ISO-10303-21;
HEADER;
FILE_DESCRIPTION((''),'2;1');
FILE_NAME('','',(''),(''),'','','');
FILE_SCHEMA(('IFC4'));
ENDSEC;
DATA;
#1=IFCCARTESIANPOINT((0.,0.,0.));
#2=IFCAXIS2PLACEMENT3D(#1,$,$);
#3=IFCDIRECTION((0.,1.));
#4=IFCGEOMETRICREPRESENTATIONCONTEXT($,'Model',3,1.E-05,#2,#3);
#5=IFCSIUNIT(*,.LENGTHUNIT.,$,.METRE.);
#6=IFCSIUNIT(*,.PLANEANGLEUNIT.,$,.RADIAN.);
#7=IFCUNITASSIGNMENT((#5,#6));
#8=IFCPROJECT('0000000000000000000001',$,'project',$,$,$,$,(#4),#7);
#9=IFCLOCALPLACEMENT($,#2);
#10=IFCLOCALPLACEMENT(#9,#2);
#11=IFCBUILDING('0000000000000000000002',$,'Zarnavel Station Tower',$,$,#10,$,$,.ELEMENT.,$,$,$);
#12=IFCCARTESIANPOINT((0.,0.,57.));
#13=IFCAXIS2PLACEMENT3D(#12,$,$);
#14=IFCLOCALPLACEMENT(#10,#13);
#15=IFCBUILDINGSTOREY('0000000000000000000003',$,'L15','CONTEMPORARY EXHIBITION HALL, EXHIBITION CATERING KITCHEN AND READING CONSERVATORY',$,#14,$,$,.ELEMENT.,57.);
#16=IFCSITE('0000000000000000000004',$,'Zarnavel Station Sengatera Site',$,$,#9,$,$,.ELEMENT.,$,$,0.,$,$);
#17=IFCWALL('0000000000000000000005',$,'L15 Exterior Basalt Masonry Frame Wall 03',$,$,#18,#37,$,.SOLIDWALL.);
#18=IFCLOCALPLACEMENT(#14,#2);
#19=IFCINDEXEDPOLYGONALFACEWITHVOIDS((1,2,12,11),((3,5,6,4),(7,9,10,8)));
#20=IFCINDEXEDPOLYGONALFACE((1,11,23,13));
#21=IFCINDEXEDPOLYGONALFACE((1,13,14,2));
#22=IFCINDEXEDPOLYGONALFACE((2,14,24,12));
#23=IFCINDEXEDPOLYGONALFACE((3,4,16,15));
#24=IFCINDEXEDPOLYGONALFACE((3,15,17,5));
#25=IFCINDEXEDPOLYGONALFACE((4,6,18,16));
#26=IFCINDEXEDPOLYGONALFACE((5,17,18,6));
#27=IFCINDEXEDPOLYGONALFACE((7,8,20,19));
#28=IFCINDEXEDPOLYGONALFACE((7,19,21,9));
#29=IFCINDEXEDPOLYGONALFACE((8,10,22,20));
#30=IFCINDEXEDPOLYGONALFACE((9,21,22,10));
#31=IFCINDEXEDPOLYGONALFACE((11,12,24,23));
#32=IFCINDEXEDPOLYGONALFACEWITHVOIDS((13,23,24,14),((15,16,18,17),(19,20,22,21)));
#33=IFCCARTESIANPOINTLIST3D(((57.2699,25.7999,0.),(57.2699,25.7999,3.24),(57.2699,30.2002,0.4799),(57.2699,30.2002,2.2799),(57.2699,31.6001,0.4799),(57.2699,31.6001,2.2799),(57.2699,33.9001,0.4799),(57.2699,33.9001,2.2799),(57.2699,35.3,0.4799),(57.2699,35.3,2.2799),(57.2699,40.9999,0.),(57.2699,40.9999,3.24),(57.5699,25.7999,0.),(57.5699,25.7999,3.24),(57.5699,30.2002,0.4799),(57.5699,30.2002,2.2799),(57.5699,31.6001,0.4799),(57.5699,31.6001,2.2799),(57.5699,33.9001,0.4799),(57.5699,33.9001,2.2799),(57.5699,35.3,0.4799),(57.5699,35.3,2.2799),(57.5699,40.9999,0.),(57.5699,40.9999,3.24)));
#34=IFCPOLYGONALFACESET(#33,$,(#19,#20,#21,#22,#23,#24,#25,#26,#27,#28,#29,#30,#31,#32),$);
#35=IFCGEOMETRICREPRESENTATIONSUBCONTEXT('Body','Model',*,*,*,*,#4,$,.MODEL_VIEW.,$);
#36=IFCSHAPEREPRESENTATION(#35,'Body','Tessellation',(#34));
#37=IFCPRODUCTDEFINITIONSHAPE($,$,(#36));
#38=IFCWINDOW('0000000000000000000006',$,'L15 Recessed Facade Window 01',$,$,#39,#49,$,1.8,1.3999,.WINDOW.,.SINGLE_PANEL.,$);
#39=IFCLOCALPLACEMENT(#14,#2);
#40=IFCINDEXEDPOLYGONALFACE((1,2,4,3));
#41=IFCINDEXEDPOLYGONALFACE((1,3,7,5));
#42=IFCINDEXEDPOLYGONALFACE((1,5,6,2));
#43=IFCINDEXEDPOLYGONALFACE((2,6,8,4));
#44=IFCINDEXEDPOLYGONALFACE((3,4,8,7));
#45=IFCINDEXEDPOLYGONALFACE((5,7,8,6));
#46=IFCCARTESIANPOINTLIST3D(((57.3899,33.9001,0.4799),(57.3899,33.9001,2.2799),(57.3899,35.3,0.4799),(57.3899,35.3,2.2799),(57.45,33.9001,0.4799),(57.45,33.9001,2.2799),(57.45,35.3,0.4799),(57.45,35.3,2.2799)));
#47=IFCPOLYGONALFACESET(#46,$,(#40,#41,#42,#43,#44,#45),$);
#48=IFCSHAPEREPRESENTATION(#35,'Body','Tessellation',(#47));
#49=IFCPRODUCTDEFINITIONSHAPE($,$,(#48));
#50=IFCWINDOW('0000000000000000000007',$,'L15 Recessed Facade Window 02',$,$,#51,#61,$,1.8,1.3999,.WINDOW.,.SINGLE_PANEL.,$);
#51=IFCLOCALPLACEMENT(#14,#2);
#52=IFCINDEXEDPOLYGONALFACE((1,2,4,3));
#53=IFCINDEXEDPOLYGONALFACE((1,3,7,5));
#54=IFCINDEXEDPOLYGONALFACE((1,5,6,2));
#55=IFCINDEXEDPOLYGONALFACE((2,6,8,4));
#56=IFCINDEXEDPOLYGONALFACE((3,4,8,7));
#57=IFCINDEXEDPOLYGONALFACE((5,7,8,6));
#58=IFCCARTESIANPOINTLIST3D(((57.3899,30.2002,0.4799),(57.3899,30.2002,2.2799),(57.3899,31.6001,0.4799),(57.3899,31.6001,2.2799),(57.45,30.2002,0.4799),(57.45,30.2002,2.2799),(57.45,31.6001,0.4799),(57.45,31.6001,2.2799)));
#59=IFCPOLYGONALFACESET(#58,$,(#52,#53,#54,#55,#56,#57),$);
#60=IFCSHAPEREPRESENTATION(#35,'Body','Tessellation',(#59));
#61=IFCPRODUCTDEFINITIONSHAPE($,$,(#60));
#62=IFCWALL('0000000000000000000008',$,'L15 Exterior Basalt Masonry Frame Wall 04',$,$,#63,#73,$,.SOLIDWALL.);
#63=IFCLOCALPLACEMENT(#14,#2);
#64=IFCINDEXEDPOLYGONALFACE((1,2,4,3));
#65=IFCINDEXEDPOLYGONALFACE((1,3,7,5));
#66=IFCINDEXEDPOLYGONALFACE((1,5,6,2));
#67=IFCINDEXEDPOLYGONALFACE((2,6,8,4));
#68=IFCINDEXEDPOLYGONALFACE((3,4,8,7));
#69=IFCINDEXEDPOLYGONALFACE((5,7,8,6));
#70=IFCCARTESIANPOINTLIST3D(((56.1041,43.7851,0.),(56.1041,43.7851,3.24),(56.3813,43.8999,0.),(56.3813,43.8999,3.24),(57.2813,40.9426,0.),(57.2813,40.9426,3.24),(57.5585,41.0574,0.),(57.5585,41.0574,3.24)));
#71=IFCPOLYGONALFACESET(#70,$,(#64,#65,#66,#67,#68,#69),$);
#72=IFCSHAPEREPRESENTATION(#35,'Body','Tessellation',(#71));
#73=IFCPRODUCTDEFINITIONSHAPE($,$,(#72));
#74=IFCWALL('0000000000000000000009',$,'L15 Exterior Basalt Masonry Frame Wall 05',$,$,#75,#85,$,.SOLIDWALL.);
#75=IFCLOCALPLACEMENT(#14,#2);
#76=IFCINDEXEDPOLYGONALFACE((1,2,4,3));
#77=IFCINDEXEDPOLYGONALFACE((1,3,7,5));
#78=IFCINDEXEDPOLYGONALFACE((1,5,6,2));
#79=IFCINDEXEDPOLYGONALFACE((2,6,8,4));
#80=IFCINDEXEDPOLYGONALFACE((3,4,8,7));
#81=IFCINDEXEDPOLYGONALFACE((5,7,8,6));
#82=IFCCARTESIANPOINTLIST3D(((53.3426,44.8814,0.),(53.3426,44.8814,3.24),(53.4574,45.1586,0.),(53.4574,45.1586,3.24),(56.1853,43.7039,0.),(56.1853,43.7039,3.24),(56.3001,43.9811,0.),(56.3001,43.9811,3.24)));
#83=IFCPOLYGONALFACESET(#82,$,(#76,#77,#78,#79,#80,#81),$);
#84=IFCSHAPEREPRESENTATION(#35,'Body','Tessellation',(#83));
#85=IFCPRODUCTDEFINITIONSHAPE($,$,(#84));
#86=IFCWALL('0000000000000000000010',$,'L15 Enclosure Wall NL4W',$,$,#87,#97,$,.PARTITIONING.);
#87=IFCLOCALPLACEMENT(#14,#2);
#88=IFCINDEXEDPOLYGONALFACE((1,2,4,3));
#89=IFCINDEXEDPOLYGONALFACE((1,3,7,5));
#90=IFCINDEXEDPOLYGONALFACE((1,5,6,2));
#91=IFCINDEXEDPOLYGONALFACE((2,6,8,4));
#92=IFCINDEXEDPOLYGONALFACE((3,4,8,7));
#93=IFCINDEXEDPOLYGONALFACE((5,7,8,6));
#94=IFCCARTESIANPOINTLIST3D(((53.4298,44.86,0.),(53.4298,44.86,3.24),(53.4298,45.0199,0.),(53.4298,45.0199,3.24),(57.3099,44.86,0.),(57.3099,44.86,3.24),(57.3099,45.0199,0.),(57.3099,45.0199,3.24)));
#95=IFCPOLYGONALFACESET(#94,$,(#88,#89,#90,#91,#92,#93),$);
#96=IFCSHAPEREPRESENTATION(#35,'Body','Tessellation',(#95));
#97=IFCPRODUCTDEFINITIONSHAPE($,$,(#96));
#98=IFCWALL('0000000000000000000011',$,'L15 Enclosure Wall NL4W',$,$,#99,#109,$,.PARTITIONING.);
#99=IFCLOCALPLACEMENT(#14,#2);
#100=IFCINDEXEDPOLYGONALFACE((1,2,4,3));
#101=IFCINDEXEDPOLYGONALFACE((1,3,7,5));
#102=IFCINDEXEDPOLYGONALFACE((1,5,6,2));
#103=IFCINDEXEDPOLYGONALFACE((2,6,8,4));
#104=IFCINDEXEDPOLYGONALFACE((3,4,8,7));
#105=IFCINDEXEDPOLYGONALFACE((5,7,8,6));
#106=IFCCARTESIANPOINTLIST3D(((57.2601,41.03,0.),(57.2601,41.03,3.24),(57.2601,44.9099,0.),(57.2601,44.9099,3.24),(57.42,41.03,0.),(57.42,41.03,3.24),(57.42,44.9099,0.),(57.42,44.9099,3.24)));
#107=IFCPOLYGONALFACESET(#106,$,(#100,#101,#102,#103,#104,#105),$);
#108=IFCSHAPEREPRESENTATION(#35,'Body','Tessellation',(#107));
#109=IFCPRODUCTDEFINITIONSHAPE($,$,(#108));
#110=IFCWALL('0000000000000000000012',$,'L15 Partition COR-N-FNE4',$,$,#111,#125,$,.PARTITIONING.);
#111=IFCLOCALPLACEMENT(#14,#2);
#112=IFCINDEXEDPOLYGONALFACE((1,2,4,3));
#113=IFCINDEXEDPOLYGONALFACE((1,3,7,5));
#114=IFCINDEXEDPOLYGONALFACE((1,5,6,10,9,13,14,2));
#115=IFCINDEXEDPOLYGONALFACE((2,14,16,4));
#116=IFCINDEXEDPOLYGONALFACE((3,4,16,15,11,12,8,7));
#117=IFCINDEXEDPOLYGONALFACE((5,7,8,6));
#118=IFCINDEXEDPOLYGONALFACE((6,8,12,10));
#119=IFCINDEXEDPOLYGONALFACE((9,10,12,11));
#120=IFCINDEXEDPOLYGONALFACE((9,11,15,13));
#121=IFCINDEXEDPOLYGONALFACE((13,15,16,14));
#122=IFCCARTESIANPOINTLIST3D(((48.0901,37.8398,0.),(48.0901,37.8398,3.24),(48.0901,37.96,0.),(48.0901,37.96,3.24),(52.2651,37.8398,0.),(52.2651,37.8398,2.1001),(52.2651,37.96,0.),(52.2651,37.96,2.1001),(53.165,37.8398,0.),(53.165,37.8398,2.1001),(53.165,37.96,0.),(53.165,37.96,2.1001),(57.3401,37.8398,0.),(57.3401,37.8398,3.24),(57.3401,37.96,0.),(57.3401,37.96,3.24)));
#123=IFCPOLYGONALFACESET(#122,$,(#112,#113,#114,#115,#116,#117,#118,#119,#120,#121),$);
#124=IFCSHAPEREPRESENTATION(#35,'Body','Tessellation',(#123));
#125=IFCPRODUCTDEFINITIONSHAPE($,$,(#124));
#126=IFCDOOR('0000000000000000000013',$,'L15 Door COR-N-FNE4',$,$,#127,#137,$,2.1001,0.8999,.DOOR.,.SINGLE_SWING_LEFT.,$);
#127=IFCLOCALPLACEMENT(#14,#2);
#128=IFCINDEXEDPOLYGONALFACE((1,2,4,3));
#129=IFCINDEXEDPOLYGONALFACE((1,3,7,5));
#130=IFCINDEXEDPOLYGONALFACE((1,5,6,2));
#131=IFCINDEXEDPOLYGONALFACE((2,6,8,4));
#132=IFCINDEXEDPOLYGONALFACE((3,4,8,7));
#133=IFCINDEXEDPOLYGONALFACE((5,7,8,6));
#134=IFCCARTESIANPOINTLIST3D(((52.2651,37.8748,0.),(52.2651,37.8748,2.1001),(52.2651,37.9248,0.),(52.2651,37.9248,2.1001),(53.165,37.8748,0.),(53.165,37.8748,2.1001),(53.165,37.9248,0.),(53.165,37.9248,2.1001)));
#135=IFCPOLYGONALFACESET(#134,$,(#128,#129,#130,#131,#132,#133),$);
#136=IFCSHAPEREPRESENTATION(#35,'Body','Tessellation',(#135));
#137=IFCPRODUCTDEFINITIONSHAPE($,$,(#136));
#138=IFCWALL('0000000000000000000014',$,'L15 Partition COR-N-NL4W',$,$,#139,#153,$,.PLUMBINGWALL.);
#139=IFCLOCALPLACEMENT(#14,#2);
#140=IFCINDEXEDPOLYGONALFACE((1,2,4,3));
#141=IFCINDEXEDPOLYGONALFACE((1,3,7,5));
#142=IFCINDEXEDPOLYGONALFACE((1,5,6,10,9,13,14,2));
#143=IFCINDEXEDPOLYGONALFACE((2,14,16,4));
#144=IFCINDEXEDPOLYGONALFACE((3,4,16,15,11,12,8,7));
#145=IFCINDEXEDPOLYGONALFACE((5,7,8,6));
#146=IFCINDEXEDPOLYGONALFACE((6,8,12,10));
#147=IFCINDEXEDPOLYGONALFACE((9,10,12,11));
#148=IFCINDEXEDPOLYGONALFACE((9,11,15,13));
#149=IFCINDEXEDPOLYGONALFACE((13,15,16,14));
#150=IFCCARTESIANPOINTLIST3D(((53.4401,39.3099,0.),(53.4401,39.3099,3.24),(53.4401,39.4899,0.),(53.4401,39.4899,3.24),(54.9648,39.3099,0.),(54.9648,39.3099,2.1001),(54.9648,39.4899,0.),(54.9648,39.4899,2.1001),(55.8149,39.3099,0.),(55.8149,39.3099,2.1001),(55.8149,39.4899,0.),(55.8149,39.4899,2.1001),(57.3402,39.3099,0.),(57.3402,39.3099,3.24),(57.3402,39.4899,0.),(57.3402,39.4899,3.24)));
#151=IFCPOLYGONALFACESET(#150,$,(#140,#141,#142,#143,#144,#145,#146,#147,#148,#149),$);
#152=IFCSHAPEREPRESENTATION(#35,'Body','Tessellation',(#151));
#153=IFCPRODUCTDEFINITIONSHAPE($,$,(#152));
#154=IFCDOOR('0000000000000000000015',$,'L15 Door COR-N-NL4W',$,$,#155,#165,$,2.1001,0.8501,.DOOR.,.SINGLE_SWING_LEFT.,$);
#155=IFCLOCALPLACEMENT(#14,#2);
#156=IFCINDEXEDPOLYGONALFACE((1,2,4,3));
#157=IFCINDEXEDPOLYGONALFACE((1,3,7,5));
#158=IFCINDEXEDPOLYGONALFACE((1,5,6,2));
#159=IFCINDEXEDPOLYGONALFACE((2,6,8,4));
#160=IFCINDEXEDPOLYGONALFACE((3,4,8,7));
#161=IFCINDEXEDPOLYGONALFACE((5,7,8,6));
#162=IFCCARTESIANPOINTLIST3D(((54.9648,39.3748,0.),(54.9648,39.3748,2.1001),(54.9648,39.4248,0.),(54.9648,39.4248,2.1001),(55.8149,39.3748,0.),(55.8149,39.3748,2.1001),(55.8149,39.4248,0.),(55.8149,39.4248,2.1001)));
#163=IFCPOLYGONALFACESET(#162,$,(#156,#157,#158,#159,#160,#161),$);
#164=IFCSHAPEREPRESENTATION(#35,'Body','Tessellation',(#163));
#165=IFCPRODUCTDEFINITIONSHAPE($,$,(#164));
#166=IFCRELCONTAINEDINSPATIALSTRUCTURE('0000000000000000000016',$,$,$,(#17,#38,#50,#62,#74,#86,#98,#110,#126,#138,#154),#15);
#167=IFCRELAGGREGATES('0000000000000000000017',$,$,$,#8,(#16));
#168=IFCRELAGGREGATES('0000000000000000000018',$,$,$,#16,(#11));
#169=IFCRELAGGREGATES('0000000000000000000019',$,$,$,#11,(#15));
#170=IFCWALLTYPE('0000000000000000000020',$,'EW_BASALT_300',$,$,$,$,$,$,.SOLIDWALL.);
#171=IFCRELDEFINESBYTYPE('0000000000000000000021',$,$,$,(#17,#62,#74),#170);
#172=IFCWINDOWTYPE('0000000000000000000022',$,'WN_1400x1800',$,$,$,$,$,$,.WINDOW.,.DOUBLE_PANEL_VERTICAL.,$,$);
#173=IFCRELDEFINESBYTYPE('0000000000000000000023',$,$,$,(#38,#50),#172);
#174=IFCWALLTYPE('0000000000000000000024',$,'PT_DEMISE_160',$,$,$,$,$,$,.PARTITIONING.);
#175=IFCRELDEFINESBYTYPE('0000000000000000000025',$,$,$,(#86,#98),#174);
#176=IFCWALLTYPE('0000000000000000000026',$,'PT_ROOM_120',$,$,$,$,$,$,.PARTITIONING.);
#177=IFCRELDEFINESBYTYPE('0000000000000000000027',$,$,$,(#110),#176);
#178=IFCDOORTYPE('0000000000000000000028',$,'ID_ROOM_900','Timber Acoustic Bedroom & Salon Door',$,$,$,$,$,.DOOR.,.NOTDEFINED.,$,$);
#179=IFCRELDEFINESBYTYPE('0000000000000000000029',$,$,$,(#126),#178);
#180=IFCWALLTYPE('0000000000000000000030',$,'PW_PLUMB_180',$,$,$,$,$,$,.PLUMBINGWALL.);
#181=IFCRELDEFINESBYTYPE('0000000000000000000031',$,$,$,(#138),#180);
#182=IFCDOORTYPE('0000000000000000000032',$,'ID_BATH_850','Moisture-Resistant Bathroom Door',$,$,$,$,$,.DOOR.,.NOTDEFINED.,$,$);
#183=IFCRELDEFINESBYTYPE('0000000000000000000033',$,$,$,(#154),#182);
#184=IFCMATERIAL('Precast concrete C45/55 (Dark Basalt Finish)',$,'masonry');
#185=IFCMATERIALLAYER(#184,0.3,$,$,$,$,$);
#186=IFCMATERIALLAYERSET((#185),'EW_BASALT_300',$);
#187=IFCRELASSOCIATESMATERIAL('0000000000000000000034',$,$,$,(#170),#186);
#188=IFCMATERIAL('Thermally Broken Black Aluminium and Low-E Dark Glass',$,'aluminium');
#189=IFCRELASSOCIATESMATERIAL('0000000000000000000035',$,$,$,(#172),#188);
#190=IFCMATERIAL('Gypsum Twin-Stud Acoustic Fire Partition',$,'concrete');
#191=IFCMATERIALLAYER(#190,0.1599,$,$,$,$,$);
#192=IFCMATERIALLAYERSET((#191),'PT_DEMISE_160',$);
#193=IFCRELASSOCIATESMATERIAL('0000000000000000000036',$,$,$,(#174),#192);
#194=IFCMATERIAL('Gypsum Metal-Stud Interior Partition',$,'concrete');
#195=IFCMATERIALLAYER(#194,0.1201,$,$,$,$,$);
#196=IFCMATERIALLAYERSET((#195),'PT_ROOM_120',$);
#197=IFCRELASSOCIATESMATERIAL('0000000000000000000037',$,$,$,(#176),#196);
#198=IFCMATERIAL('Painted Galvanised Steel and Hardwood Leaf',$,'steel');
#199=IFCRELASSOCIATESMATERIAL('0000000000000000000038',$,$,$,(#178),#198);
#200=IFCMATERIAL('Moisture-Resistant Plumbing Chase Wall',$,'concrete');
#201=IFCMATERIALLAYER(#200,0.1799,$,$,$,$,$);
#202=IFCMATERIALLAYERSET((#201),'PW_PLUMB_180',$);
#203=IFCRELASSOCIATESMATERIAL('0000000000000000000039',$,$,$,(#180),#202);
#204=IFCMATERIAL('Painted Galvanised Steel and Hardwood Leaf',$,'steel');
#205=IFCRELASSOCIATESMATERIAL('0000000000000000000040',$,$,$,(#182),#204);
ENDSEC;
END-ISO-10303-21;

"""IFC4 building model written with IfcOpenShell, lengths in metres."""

from ifc_helpers import new_model, si_unit, direction, frame, frame_2d, origin, place, context, subcontext, project, spatial, rectangle, extrude, material, layer, layer_set, type_object, element, fill, save


model = new_model("IFC4")

# Units and contexts
model_context = context("Model", 3, precision=1e-05, world=origin(), true_north=direction((0.0, 1.0)))
body_context = subcontext(model_context, "Body", "Model", "MODEL_VIEW")
ifc_project = project(units=[si_unit("LENGTHUNIT", "METRE"), si_unit("PLANEANGLEUNIT", "RADIAN")], contexts=[model_context])

# Site, building, storey
site_placement = place(None, origin())
site = spatial("IfcSite", under=ifc_project, at=site_placement, Name="Zarnavel Station Sengatera Site", CompositionType="ELEMENT", RefElevation=0.0)
building_placement = place(site_placement, origin())
building = spatial("IfcBuilding", under=site, at=building_placement, Name="Zarnavel Station Tower", CompositionType="ELEMENT")
storey_placement = place(building_placement, frame((0.0, 0.0, 57.0)))
storey = spatial("IfcBuildingStorey", under=building, at=storey_placement, Name="L15", Description="CONTEMPORARY EXHIBITION HALL, EXHIBITION CATERING KITCHEN AND READING CONSERVATORY", CompositionType="ELEMENT", Elevation=57.0)

# Wall, openings, windows
ifc_material_1 = material(Name="Precast concrete C45/55 (Dark Basalt Finish)", Category="masonry")
ifc_layer_1 = layer(ifc_material_1, 0.3)
ifc_layer_set_1 = layer_set([ifc_layer_1], Name="EW_BASALT_300")
wall_type_1 = type_object("IfcWallType", Name="EW_BASALT_300", PredefinedType="SOLIDWALL", material=ifc_layer_set_1)
wall_1_placement = place(storey_placement, frame((57.4199, 41.0, 0.0), z_axis=(0.0, 0.0, 1.0), x_axis=(0.0, -1.0, 0.0)))
wall_1 = element("IfcWall", 1, at=wall_1_placement, inside=storey, type_object=wall_type_1, Name="L15 Exterior Basalt Masonry Frame Wall 03", PredefinedType="SOLIDWALL", context=body_context, shape_type="SweptSolid", body=[
    extrude(rectangle(XDim=15.2, YDim=0.3, at=frame_2d((7.6001, 0.0))), origin(), (0.0, 0.0, 1.0), 3.24),
])
opening_1_placement = place(wall_1_placement, frame((5.7, 0.0, 0.48)))
opening_1 = element("IfcOpeningElement", 2, at=opening_1_placement, cuts=wall_1, PredefinedType="OPENING", context=body_context, shape_type="SweptSolid", body=[
    extrude(rectangle(XDim=1.3999, YDim=1.8, at=frame_2d((0.7, 0.8999))), frame((0.0, 0.1599, 0.0), z_axis=(0.0, -1.0, 0.0), x_axis=(1.0, 0.0, 0.0)), (0.0, 0.0, 1.0), 0.3201),
])
opening_2_placement = place(wall_1_placement, frame((9.3999, 0.0, 0.48)))
opening_2 = element("IfcOpeningElement", 3, at=opening_2_placement, cuts=wall_1, PredefinedType="OPENING", context=body_context, shape_type="SweptSolid", body=[
    extrude(rectangle(XDim=1.3999, YDim=1.8, at=frame_2d((0.7, 0.8999))), frame((0.0, 0.1599, 0.0), z_axis=(0.0, -1.0, 0.0), x_axis=(1.0, 0.0, 0.0)), (0.0, 0.0, 1.0), 0.3201),
])
ifc_material_2 = material(Name="Thermally Broken Black Aluminium and Low-E Dark Glass", Category="aluminium")
window_type = type_object("IfcWindowType", Name="WN_1400x1800", PartitioningType="DOUBLE_PANEL_VERTICAL", PredefinedType="WINDOW", material=ifc_material_2)
window_1_placement = place(opening_1_placement, origin())
window_1 = element("IfcWindow", 4, at=window_1_placement, inside=storey, type_object=window_type, Name="L15 Recessed Facade Window 01", OverallHeight=1.8, OverallWidth=1.3999, PartitioningType="SINGLE_PANEL", PredefinedType="WINDOW", context=body_context, shape_type="SweptSolid", body=[
    extrude(rectangle(XDim=1.3999, YDim=1.8, at=frame_2d((0.7, 0.8999))), frame((0.0, 0.03, 0.0), z_axis=(0.0, -1.0, 0.0), x_axis=(1.0, 0.0, 0.0)), (0.0, 0.0, 1.0), 0.0601),
])
fill(opening_1, window_1)
window_2_placement = place(opening_2_placement, origin())
window_2 = element("IfcWindow", 5, at=window_2_placement, inside=storey, type_object=window_type, Name="L15 Recessed Facade Window 02", OverallHeight=1.8, OverallWidth=1.3999, PartitioningType="SINGLE_PANEL", PredefinedType="WINDOW", context=body_context, shape_type="SweptSolid", body=[
    extrude(rectangle(XDim=1.3999, YDim=1.8, at=frame_2d((0.7, 0.8999))), frame((0.0, 0.03, 0.0), z_axis=(0.0, -1.0, 0.0), x_axis=(1.0, 0.0, 0.0)), (0.0, 0.0, 1.0), 0.0601),
])
fill(opening_2, window_2)

# Walls
wall_2_placement = place(storey_placement, frame((56.2427, 43.8425, 0.0), z_axis=(0.0, 0.0, 1.0), x_axis=(0.382637, -0.923899, 0.0)))
element("IfcWall", 6, at=wall_2_placement, inside=storey, type_object=wall_type_1, Name="L15 Exterior Basalt Masonry Frame Wall 04", PredefinedType="SOLIDWALL", context=body_context, shape_type="SweptSolid", body=[
    extrude(rectangle(XDim=3.0767, YDim=0.3, at=frame_2d((1.5383, 0.0))), origin(), (0.0, 0.0, 1.0), 3.24),
])
wall_3_placement = place(storey_placement, frame((53.3999, 45.02, 0.0), z_axis=(0.0, 0.0, 1.0), x_axis=(0.923882, -0.382676, 0.0)))
element("IfcWall", 7, at=wall_3_placement, inside=storey, type_object=wall_type_1, Name="L15 Exterior Basalt Masonry Frame Wall 05", PredefinedType="SOLIDWALL", context=body_context, shape_type="SweptSolid", body=[
    extrude(rectangle(XDim=3.0769, YDim=0.3, at=frame_2d((1.5386, 0.0))), origin(), (0.0, 0.0, 1.0), 3.24),
])
ifc_material_3 = material(Name="Gypsum Twin-Stud Acoustic Fire Partition", Category="concrete")
ifc_layer_2 = layer(ifc_material_3, 0.1599)
ifc_layer_set_2 = layer_set([ifc_layer_2], Name="PT_DEMISE_160")
wall_type_2 = type_object("IfcWallType", Name="PT_DEMISE_160", PredefinedType="PARTITIONING", material=ifc_layer_set_2)
wall_4_placement = place(storey_placement, frame((53.4299, 44.9399, 0.0), z_axis=(0.0, 0.0, 1.0), x_axis=(1.0, 0.0, 0.0)))
element("IfcWall", 8, at=wall_4_placement, inside=storey, type_object=wall_type_2, Name="L15 Enclosure Wall NL4W", PredefinedType="PARTITIONING", context=body_context, shape_type="SweptSolid", body=[
    extrude(rectangle(XDim=3.8801, YDim=0.1599, at=frame_2d((1.9399, 0.0))), origin(), (0.0, 0.0, 1.0), 3.24),
])
wall_5_placement = place(storey_placement, frame((57.3401, 41.03, 0.0), z_axis=(0.0, 0.0, 1.0), x_axis=(0.0, 1.0, 0.0)))
element("IfcWall", 9, at=wall_5_placement, inside=storey, type_object=wall_type_2, Name="L15 Enclosure Wall NL4W", PredefinedType="PARTITIONING", context=body_context, shape_type="SweptSolid", body=[
    extrude(rectangle(XDim=3.8799, YDim=0.1599, at=frame_2d((1.9399, 0.0))), origin(), (0.0, 0.0, 1.0), 3.24),
])

# Walls, openings, doors
ifc_material_4 = material(Name="Gypsum Metal-Stud Interior Partition", Category="concrete")
ifc_layer_3 = layer(ifc_material_4, 0.1201)
ifc_layer_set_3 = layer_set([ifc_layer_3], Name="PT_ROOM_120")
wall_type_3 = type_object("IfcWallType", Name="PT_ROOM_120", PredefinedType="PARTITIONING", material=ifc_layer_set_3)
wall_6_placement = place(storey_placement, frame((48.0901, 37.8999, 0.0), z_axis=(0.0, 0.0, 1.0), x_axis=(1.0, 0.0, 0.0)))
wall_6 = element("IfcWall", 10, at=wall_6_placement, inside=storey, type_object=wall_type_3, Name="L15 Partition COR-N-FNE4", PredefinedType="PARTITIONING", context=body_context, shape_type="SweptSolid", body=[
    extrude(rectangle(XDim=9.25, YDim=0.1201, at=frame_2d((4.625, 0.0))), origin(), (0.0, 0.0, 1.0), 3.24),
])
opening_3_placement = place(wall_6_placement, frame((4.175, 0.0, 0.0)))
opening_3 = element("IfcOpeningElement", 11, at=opening_3_placement, cuts=wall_6, PredefinedType="OPENING", context=body_context, shape_type="SweptSolid", body=[
    extrude(rectangle(XDim=0.8999, YDim=2.1001, at=frame_2d((0.45, 1.05))), frame((0.0, 0.0701, 0.0), z_axis=(0.0, -1.0, 0.0), x_axis=(1.0, 0.0, 0.0)), (0.0, 0.0, 1.0), 0.1401),
])
ifc_material_5 = material(Name="Painted Galvanised Steel and Hardwood Leaf", Category="steel")
door_type_1 = type_object("IfcDoorType", Name="ID_ROOM_900", Description="Timber Acoustic Bedroom & Salon Door", OperationType="NOTDEFINED", PredefinedType="DOOR", material=ifc_material_5)
door_1_placement = place(opening_3_placement, origin())
door_1 = element("IfcDoor", 12, at=door_1_placement, inside=storey, type_object=door_type_1, Name="L15 Door COR-N-FNE4", OperationType="SINGLE_SWING_LEFT", OverallHeight=2.1001, OverallWidth=0.8999, PredefinedType="DOOR", context=body_context, shape_type="SweptSolid", body=[
    extrude(rectangle(XDim=0.8999, YDim=2.1001, at=frame_2d((0.45, 1.05))), frame((0.0, 0.0249, 0.0), z_axis=(0.0, -1.0, 0.0), x_axis=(1.0, 0.0, 0.0)), (0.0, 0.0, 1.0), 0.05),
])
fill(opening_3, door_1)
ifc_material_6 = material(Name="Moisture-Resistant Plumbing Chase Wall", Category="concrete")
ifc_layer_4 = layer(ifc_material_6, 0.1799)
ifc_layer_set_4 = layer_set([ifc_layer_4], Name="PW_PLUMB_180")
wall_type_4 = type_object("IfcWallType", Name="PW_PLUMB_180", PredefinedType="PLUMBINGWALL", material=ifc_layer_set_4)
wall_7_placement = place(storey_placement, frame((53.4399, 39.3999, 0.0), z_axis=(0.0, 0.0, 1.0), x_axis=(1.0, 0.0, 0.0)))
wall_7 = element("IfcWall", 13, at=wall_7_placement, inside=storey, type_object=wall_type_4, Name="L15 Partition COR-N-NL4W", PredefinedType="PLUMBINGWALL", context=body_context, shape_type="SweptSolid", body=[
    extrude(rectangle(XDim=3.9001, YDim=0.1799, at=frame_2d((1.9502, 0.0))), origin(), (0.0, 0.0, 1.0), 3.24),
])
opening_4_placement = place(wall_7_placement, frame((1.5249, 0.0, 0.0)))
opening_4 = element("IfcOpeningElement", 14, at=opening_4_placement, cuts=wall_7, PredefinedType="OPENING", context=body_context, shape_type="SweptSolid", body=[
    extrude(rectangle(XDim=0.8501, YDim=2.1001, at=frame_2d((0.425, 1.05))), frame((0.0, 0.0999, 0.0), z_axis=(0.0, -1.0, 0.0), x_axis=(1.0, 0.0, 0.0)), (0.0, 0.0, 1.0), 0.2),
])
ifc_material_7 = material(Name="Painted Galvanised Steel and Hardwood Leaf", Category="steel")
door_type_2 = type_object("IfcDoorType", Name="ID_BATH_850", Description="Moisture-Resistant Bathroom Door", OperationType="NOTDEFINED", PredefinedType="DOOR", material=ifc_material_7)
door_2_placement = place(opening_4_placement, origin())
door_2 = element("IfcDoor", 15, at=door_2_placement, inside=storey, type_object=door_type_2, Name="L15 Door COR-N-NL4W", OperationType="SINGLE_SWING_LEFT", OverallHeight=2.1001, OverallWidth=0.8501, PredefinedType="DOOR", context=body_context, shape_type="SweptSolid", body=[
    extrude(rectangle(XDim=0.8501, YDim=2.1001, at=frame_2d((0.425, 1.05))), frame((0.0, 0.0249, 0.0), z_axis=(0.0, -1.0, 0.0), x_axis=(1.0, 0.0, 0.0)), (0.0, 0.0, 1.0), 0.05),
])
fill(opening_4, door_2)

save(model, "model.ifc")
